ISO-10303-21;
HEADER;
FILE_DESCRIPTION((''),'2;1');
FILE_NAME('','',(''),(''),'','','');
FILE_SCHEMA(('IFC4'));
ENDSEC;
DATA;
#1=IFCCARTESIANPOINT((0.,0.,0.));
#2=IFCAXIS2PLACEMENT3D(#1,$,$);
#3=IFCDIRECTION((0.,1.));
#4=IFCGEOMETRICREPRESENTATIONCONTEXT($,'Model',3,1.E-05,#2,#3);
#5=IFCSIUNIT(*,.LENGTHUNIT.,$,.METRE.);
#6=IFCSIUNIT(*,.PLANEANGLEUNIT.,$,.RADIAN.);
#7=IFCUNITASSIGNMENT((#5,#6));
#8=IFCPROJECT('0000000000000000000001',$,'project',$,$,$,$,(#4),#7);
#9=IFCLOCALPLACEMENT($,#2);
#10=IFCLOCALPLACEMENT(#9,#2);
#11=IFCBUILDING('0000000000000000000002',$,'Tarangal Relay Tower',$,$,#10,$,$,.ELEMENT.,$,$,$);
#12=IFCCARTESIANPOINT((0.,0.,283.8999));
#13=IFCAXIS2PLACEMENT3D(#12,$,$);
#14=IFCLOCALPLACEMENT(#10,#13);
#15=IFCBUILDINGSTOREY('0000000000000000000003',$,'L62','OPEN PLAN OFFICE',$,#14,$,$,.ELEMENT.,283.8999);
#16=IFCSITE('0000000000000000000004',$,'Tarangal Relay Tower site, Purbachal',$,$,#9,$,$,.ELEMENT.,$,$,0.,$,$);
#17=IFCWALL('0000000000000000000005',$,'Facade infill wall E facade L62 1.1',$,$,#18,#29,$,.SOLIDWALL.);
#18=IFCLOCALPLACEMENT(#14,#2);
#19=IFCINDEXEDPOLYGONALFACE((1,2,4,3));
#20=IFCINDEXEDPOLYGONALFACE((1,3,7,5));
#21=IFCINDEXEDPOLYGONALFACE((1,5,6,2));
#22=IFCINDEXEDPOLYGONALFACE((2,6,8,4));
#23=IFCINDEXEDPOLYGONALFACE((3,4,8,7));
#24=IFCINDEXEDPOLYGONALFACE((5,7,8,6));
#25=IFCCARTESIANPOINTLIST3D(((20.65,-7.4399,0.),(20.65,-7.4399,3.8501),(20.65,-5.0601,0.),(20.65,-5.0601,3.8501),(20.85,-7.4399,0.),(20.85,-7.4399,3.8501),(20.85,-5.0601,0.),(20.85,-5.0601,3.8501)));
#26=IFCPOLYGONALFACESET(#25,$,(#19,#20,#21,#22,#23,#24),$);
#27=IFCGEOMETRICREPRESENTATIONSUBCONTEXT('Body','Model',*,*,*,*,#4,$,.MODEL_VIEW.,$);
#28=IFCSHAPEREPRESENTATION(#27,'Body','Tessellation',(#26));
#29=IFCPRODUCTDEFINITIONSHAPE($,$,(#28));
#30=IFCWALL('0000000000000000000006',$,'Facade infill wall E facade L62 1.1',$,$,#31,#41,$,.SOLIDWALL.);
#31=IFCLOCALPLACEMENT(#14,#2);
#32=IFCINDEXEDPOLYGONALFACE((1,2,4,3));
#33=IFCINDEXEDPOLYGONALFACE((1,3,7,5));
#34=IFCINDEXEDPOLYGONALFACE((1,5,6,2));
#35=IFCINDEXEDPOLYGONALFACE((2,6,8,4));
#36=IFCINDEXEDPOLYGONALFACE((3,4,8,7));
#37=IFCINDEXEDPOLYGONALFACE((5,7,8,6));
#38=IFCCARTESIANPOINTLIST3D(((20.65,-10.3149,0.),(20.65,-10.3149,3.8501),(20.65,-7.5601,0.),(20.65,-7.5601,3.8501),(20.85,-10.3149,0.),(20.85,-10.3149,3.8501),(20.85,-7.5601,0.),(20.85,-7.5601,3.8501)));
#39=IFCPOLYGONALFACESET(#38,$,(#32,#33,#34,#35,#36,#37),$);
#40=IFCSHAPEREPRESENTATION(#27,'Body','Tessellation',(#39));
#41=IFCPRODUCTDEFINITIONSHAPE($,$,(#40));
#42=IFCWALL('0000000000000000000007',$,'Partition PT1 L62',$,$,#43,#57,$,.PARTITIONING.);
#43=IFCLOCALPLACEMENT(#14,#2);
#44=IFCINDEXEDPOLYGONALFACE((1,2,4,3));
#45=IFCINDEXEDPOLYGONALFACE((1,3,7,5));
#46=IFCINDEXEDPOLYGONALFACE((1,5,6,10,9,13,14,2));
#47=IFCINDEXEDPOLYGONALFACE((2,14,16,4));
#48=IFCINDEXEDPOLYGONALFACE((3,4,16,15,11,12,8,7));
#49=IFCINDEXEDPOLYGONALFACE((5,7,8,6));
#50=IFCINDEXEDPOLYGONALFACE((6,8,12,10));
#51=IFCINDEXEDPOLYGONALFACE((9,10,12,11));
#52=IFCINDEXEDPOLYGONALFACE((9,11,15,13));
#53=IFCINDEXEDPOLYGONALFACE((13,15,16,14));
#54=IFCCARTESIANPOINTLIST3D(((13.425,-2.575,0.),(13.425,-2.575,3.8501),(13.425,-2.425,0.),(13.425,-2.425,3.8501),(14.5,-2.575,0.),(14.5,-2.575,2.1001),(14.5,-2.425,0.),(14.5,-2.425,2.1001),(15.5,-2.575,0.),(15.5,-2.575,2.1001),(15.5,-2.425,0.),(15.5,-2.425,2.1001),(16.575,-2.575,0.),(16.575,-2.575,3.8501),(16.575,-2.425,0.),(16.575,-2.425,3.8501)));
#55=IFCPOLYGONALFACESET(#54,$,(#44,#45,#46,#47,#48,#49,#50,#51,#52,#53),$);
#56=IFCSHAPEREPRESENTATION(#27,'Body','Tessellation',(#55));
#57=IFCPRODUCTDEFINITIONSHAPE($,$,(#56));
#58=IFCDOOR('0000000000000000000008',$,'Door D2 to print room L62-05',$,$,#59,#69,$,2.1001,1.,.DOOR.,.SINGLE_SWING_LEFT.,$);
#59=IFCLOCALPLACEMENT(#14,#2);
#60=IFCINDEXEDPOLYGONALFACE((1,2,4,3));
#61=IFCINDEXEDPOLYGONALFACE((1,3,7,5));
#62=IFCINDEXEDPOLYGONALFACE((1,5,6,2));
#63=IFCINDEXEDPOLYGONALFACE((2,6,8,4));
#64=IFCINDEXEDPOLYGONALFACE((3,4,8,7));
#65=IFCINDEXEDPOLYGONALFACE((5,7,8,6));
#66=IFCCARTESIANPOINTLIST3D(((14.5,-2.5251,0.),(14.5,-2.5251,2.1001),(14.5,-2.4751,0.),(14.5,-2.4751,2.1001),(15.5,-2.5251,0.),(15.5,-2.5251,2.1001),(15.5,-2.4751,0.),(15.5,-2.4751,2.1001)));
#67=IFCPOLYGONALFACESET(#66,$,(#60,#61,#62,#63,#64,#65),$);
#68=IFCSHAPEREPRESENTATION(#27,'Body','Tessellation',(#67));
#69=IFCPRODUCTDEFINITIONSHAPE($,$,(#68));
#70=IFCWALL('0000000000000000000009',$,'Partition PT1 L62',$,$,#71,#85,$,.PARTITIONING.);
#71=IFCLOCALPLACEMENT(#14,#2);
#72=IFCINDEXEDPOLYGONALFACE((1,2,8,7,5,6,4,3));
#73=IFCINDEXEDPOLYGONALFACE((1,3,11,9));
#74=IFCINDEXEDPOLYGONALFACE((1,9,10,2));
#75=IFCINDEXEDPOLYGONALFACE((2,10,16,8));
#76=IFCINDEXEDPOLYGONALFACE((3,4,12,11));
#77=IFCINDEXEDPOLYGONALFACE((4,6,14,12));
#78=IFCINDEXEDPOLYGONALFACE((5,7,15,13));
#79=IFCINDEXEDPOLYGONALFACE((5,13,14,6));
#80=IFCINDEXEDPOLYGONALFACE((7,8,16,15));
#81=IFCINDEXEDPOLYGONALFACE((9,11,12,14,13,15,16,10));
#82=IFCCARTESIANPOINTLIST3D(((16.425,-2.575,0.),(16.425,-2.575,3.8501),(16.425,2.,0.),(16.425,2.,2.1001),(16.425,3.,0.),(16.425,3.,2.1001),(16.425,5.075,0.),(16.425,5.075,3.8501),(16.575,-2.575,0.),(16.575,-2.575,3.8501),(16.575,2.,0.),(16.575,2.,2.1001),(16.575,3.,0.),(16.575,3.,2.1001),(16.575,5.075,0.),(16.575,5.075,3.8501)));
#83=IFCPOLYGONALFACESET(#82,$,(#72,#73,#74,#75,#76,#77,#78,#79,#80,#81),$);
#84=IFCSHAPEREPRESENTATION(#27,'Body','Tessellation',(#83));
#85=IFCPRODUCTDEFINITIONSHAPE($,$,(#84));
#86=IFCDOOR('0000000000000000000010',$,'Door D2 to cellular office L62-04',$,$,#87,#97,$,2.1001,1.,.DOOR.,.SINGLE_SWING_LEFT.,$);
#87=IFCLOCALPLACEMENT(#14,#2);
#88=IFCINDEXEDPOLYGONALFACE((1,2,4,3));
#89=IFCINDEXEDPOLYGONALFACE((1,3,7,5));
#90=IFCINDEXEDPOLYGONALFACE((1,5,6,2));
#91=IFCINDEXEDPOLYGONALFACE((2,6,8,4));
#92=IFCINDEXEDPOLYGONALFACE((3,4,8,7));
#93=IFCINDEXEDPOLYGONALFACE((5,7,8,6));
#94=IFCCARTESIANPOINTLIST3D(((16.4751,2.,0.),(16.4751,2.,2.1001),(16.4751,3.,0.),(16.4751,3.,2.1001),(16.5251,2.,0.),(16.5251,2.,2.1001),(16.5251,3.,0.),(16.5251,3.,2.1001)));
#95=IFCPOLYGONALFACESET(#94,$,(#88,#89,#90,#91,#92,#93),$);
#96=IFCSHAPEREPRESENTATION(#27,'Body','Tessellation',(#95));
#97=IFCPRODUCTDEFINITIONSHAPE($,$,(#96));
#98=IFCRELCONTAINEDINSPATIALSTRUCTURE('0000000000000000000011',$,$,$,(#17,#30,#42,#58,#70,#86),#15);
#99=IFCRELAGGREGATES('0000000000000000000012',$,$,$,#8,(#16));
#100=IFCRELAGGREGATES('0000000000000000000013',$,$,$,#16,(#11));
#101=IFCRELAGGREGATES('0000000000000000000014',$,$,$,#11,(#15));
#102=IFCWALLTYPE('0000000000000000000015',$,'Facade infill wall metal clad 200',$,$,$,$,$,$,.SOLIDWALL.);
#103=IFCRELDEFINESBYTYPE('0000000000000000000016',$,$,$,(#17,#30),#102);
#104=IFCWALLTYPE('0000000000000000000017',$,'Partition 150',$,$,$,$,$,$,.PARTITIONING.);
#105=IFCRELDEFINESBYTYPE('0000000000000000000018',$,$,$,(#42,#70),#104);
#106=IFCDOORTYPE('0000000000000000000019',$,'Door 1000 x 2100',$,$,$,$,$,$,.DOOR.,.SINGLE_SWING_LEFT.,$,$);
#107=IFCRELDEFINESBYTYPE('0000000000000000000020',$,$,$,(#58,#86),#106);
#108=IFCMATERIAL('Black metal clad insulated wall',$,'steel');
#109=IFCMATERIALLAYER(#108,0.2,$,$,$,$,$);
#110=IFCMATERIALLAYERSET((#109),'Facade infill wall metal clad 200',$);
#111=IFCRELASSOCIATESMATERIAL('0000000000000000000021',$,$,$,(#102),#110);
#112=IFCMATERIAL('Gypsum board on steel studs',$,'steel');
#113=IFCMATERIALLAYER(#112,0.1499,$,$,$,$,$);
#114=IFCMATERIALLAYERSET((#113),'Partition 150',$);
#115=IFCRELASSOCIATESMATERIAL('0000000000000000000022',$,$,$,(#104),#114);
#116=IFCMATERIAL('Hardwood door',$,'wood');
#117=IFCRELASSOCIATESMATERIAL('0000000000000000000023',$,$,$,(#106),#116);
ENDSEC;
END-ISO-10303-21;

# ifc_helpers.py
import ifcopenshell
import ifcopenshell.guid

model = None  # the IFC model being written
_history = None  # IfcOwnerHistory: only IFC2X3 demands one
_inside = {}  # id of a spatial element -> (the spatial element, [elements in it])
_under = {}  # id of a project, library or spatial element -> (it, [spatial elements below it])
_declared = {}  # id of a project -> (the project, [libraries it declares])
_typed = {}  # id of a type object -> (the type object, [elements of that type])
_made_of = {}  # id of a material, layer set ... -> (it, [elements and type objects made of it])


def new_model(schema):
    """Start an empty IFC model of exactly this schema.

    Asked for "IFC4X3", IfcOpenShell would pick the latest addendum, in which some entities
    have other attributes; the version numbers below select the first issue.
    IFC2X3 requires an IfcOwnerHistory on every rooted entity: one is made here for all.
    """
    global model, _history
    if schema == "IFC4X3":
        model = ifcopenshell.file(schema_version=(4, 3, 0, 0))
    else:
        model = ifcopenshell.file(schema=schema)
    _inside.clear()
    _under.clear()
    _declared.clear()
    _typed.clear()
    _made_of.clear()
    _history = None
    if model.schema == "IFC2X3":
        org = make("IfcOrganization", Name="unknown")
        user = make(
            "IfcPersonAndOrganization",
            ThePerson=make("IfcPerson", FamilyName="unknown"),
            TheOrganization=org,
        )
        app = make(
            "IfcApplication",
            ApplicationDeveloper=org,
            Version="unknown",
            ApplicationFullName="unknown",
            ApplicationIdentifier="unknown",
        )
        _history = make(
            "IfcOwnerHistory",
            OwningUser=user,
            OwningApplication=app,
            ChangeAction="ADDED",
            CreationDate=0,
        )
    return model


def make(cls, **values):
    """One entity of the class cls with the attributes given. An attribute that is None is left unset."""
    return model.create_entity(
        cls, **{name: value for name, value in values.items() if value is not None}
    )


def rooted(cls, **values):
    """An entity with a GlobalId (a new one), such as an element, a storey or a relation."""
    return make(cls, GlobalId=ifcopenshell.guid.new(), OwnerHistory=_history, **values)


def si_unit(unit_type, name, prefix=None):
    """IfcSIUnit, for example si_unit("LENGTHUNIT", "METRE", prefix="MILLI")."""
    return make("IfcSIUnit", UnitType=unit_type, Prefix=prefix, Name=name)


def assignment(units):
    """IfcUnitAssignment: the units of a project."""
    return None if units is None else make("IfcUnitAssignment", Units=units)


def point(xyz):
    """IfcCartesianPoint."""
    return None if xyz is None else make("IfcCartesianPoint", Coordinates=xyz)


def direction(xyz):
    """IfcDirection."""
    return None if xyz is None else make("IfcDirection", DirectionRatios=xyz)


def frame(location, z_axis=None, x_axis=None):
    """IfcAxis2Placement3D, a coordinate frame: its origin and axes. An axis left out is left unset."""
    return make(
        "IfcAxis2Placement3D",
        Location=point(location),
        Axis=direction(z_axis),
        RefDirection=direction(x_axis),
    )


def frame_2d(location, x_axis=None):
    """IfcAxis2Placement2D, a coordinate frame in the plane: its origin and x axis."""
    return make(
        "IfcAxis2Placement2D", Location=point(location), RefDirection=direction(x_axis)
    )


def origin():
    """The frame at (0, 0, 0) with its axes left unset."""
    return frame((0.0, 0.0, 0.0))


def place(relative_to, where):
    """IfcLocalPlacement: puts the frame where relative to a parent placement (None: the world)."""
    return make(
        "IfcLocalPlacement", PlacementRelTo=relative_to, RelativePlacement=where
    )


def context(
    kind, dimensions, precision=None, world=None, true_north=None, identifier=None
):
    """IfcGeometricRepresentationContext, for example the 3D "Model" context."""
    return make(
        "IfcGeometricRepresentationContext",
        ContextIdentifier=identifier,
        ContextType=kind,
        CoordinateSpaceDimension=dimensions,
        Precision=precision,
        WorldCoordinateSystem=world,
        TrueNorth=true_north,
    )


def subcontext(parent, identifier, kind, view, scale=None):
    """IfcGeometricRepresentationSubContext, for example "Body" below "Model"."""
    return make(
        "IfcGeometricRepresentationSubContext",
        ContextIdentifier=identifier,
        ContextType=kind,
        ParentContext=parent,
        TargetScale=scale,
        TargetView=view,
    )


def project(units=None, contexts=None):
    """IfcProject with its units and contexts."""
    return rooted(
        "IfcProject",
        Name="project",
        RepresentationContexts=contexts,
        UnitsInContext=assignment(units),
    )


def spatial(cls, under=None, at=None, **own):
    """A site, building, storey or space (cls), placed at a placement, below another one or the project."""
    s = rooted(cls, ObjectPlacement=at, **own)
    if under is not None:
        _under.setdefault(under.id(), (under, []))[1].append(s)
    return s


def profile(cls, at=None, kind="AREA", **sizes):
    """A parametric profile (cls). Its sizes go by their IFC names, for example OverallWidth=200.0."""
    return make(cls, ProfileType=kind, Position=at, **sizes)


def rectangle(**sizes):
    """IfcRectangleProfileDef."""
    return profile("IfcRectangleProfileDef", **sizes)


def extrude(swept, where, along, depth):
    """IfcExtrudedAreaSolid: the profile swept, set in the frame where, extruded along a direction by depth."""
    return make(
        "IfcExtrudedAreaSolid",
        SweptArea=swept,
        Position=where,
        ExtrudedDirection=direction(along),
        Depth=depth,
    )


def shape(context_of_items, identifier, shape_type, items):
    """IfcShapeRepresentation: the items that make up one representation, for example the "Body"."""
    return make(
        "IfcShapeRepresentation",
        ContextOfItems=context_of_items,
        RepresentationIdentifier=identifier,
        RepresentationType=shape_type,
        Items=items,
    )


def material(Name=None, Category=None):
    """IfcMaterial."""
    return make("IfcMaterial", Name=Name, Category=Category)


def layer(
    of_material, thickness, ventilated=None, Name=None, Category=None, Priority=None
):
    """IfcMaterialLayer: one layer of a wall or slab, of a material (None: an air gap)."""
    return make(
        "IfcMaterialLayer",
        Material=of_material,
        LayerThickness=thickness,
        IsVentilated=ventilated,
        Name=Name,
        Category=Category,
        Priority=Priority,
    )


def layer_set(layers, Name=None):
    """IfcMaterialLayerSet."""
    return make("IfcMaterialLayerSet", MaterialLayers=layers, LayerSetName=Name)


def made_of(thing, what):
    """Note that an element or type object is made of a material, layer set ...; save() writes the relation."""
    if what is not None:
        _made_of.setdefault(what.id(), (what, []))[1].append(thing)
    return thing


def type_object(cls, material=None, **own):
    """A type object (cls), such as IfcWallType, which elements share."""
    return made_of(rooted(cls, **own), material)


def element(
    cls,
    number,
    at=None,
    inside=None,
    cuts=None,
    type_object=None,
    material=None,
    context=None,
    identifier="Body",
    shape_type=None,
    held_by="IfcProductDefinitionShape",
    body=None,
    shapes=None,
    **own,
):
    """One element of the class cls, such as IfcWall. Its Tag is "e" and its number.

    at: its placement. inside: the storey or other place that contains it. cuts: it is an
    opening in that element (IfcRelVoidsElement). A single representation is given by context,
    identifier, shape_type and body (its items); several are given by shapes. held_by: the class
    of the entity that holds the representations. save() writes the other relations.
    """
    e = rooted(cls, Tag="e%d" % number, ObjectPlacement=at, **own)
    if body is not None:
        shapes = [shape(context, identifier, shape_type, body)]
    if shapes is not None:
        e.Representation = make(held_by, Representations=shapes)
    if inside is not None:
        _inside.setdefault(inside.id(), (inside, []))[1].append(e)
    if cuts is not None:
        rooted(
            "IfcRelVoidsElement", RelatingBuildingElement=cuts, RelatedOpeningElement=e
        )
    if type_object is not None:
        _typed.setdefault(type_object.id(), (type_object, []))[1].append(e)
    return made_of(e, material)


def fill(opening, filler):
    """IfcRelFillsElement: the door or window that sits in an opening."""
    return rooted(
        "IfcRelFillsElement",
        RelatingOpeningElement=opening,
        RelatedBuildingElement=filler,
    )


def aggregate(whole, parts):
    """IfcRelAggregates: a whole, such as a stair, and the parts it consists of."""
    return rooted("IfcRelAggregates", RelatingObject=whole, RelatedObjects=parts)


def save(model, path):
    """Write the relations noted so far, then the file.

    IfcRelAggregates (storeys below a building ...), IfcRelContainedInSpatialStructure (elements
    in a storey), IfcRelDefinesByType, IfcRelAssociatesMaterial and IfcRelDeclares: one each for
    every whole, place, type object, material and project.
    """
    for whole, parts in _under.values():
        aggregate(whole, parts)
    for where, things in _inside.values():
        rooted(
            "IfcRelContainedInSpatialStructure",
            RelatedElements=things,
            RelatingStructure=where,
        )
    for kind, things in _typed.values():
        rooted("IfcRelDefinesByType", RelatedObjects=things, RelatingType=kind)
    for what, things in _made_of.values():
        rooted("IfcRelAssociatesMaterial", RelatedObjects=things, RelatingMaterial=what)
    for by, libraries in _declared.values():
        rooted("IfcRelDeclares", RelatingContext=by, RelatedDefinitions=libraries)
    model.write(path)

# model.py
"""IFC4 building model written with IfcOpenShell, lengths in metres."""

from ifc_helpers import new_model, si_unit, direction, frame, frame_2d, origin, place, context, subcontext, project, spatial, rectangle, extrude, material, layer, layer_set, type_object, element, fill, save


model = new_model("IFC4")

# Units and contexts
model_context = context("Model", 3, precision=1e-05, world=origin(), true_north=direction((0.0, 1.0)))
body_context = subcontext(model_context, "Body", "Model", "MODEL_VIEW")
ifc_project = project(units=[si_unit("LENGTHUNIT", "METRE"), si_unit("PLANEANGLEUNIT", "RADIAN")], contexts=[model_context])

# Site, building, storey
site_placement = place(None, origin())
site = spatial("IfcSite", under=ifc_project, at=site_placement, Name="Tarangal Relay Tower site, Purbachal", CompositionType="ELEMENT", RefElevation=0.0)
building_placement = place(site_placement, origin())
building = spatial("IfcBuilding", under=site, at=building_placement, Name="Tarangal Relay Tower", CompositionType="ELEMENT")
storey_placement = place(building_placement, frame((0.0, 0.0, 283.8999)))
storey = spatial("IfcBuildingStorey", under=building, at=storey_placement, Name="L62", Description="OPEN PLAN OFFICE", CompositionType="ELEMENT", Elevation=283.8999)

# Walls
ifc_material_1 = material(Name="Black metal clad insulated wall", Category="steel")
ifc_layer_1 = layer(ifc_material_1, 0.2)
ifc_layer_set_1 = layer_set([ifc_layer_1], Name="Facade infill wall metal clad 200")
wall_type_1 = type_object("IfcWallType", Name="Facade infill wall metal clad 200", PredefinedType="SOLIDWALL", material=ifc_layer_set_1)
wall_1_placement = place(storey_placement, frame((20.75, -5.0601, 0.0), z_axis=(0.0, 0.0, 1.0), x_axis=(0.0, -1.0, 0.0)))
element("IfcWall", 1, at=wall_1_placement, inside=storey, type_object=wall_type_1, Name="Facade infill wall E facade L62 1.1", PredefinedType="SOLIDWALL", context=body_context, shape_type="SweptSolid", body=[
    extrude(rectangle(XDim=2.3799, YDim=0.2, at=frame_2d((1.1899, 0.0))), origin(), (0.0, 0.0, 1.0), 3.8501),
])
wall_2_placement = place(storey_placement, frame((20.75, -7.5601, 0.0), z_axis=(0.0, 0.0, 1.0), x_axis=(0.0, -1.0, 0.0)))
element("IfcWall", 2, at=wall_2_placement, inside=storey, type_object=wall_type_1, Name="Facade infill wall E facade L62 1.1", PredefinedType="SOLIDWALL", context=body_context, shape_type="SweptSolid", body=[
    extrude(rectangle(XDim=2.7549, YDim=0.2, at=frame_2d((1.3774, 0.0))), origin(), (0.0, 0.0, 1.0), 3.8501),
])

# Walls, openings, doors
ifc_material_2 = material(Name="Gypsum board on steel studs", Category="steel")
ifc_layer_2 = layer(ifc_material_2, 0.1499)
ifc_layer_set_2 = layer_set([ifc_layer_2], Name="Partition 150")
wall_type_2 = type_object("IfcWallType", Name="Partition 150", PredefinedType="PARTITIONING", material=ifc_layer_set_2)
wall_3_placement = place(storey_placement, frame((13.425, -2.5, 0.0), z_axis=(0.0, 0.0, 1.0), x_axis=(1.0, 0.0, 0.0)))
wall_3 = element("IfcWall", 3, at=wall_3_placement, inside=storey, type_object=wall_type_2, Name="Partition PT1 L62", PredefinedType="PARTITIONING", context=body_context, shape_type="SweptSolid", body=[
    extrude(rectangle(XDim=3.1499, YDim=0.1499, at=frame_2d((1.575, 0.0))), origin(), (0.0, 0.0, 1.0), 3.8501),
])
opening_1_placement = place(wall_3_placement, frame((1.075, 0.0, 0.0)))
opening_1 = element("IfcOpeningElement", 4, at=opening_1_placement, cuts=wall_3, PredefinedType="OPENING", context=body_context, shape_type="SweptSolid", body=[
    extrude(rectangle(XDim=1.0, YDim=2.1001, at=frame_2d((0.5, 1.05))), frame((0.0, 0.085, 0.0), z_axis=(0.0, -1.0, 0.0), x_axis=(1.0, 0.0, 0.0)), (0.0, 0.0, 1.0), 0.1699),
])
ifc_material_3 = material(Name="Hardwood door", Category="wood")
door_type_1 = type_object("IfcDoorType", Name="Door 1000 x 2100", OperationType="SINGLE_SWING_LEFT", PredefinedType="DOOR", material=ifc_material_3)
door_1_placement = place(opening_1_placement, origin())
door_1 = element("IfcDoor", 5, at=door_1_placement, inside=storey, type_object=door_type_1, Name="Door D2 to print room L62-05", OperationType="SINGLE_SWING_LEFT", OverallHeight=2.1001, OverallWidth=1.0, PredefinedType="DOOR", context=body_context, shape_type="SweptSolid", body=[
    extrude(rectangle(XDim=1.0, YDim=2.1001, at=frame_2d((0.5, 1.05))), frame((0.0, 0.0249, 0.0), z_axis=(0.0, -1.0, 0.0), x_axis=(1.0, 0.0, 0.0)), (0.0, 0.0, 1.0), 0.05),
])
fill(opening_1, door_1)
wall_4_placement = place(storey_placement, frame((16.5, -2.575, 0.0), z_axis=(0.0, 0.0, 1.0), x_axis=(0.0, 1.0, 0.0)))
wall_4 = element("IfcWall", 6, at=wall_4_placement, inside=storey, type_object=wall_type_2, Name="Partition PT1 L62", PredefinedType="PARTITIONING", context=body_context, shape_type="SweptSolid", body=[
    extrude(rectangle(XDim=7.6499, YDim=0.1499, at=frame_2d((3.825, 0.0))), origin(), (0.0, 0.0, 1.0), 3.8501),
])
opening_2_placement = place(wall_4_placement, frame((4.575, 0.0, 0.0)))
opening_2 = element("IfcOpeningElement", 7, at=opening_2_placement, cuts=wall_4, PredefinedType="OPENING", context=body_context, shape_type="SweptSolid", body=[
    extrude(rectangle(XDim=1.0, YDim=2.1001, at=frame_2d((0.5, 1.05))), frame((0.0, 0.085, 0.0), z_axis=(0.0, -1.0, 0.0), x_axis=(1.0, 0.0, 0.0)), (0.0, 0.0, 1.0), 0.1699),
])
door_2_placement = place(opening_2_placement, origin())
door_2 = element("IfcDoor", 8, at=door_2_placement, inside=storey, type_object=door_type_1, Name="Door D2 to cellular office L62-04", OperationType="SINGLE_SWING_LEFT", OverallHeight=2.1001, OverallWidth=1.0, PredefinedType="DOOR", context=body_context, shape_type="SweptSolid", body=[
    extrude(rectangle(XDim=1.0, YDim=2.1001, at=frame_2d((0.5, 1.05))), frame((0.0, 0.0249, 0.0), z_axis=(0.0, -1.0, 0.0), x_axis=(1.0, 0.0, 0.0)), (0.0, 0.0, 1.0), 0.05),
])
fill(opening_2, door_2)

save(model, "model.ifc")
